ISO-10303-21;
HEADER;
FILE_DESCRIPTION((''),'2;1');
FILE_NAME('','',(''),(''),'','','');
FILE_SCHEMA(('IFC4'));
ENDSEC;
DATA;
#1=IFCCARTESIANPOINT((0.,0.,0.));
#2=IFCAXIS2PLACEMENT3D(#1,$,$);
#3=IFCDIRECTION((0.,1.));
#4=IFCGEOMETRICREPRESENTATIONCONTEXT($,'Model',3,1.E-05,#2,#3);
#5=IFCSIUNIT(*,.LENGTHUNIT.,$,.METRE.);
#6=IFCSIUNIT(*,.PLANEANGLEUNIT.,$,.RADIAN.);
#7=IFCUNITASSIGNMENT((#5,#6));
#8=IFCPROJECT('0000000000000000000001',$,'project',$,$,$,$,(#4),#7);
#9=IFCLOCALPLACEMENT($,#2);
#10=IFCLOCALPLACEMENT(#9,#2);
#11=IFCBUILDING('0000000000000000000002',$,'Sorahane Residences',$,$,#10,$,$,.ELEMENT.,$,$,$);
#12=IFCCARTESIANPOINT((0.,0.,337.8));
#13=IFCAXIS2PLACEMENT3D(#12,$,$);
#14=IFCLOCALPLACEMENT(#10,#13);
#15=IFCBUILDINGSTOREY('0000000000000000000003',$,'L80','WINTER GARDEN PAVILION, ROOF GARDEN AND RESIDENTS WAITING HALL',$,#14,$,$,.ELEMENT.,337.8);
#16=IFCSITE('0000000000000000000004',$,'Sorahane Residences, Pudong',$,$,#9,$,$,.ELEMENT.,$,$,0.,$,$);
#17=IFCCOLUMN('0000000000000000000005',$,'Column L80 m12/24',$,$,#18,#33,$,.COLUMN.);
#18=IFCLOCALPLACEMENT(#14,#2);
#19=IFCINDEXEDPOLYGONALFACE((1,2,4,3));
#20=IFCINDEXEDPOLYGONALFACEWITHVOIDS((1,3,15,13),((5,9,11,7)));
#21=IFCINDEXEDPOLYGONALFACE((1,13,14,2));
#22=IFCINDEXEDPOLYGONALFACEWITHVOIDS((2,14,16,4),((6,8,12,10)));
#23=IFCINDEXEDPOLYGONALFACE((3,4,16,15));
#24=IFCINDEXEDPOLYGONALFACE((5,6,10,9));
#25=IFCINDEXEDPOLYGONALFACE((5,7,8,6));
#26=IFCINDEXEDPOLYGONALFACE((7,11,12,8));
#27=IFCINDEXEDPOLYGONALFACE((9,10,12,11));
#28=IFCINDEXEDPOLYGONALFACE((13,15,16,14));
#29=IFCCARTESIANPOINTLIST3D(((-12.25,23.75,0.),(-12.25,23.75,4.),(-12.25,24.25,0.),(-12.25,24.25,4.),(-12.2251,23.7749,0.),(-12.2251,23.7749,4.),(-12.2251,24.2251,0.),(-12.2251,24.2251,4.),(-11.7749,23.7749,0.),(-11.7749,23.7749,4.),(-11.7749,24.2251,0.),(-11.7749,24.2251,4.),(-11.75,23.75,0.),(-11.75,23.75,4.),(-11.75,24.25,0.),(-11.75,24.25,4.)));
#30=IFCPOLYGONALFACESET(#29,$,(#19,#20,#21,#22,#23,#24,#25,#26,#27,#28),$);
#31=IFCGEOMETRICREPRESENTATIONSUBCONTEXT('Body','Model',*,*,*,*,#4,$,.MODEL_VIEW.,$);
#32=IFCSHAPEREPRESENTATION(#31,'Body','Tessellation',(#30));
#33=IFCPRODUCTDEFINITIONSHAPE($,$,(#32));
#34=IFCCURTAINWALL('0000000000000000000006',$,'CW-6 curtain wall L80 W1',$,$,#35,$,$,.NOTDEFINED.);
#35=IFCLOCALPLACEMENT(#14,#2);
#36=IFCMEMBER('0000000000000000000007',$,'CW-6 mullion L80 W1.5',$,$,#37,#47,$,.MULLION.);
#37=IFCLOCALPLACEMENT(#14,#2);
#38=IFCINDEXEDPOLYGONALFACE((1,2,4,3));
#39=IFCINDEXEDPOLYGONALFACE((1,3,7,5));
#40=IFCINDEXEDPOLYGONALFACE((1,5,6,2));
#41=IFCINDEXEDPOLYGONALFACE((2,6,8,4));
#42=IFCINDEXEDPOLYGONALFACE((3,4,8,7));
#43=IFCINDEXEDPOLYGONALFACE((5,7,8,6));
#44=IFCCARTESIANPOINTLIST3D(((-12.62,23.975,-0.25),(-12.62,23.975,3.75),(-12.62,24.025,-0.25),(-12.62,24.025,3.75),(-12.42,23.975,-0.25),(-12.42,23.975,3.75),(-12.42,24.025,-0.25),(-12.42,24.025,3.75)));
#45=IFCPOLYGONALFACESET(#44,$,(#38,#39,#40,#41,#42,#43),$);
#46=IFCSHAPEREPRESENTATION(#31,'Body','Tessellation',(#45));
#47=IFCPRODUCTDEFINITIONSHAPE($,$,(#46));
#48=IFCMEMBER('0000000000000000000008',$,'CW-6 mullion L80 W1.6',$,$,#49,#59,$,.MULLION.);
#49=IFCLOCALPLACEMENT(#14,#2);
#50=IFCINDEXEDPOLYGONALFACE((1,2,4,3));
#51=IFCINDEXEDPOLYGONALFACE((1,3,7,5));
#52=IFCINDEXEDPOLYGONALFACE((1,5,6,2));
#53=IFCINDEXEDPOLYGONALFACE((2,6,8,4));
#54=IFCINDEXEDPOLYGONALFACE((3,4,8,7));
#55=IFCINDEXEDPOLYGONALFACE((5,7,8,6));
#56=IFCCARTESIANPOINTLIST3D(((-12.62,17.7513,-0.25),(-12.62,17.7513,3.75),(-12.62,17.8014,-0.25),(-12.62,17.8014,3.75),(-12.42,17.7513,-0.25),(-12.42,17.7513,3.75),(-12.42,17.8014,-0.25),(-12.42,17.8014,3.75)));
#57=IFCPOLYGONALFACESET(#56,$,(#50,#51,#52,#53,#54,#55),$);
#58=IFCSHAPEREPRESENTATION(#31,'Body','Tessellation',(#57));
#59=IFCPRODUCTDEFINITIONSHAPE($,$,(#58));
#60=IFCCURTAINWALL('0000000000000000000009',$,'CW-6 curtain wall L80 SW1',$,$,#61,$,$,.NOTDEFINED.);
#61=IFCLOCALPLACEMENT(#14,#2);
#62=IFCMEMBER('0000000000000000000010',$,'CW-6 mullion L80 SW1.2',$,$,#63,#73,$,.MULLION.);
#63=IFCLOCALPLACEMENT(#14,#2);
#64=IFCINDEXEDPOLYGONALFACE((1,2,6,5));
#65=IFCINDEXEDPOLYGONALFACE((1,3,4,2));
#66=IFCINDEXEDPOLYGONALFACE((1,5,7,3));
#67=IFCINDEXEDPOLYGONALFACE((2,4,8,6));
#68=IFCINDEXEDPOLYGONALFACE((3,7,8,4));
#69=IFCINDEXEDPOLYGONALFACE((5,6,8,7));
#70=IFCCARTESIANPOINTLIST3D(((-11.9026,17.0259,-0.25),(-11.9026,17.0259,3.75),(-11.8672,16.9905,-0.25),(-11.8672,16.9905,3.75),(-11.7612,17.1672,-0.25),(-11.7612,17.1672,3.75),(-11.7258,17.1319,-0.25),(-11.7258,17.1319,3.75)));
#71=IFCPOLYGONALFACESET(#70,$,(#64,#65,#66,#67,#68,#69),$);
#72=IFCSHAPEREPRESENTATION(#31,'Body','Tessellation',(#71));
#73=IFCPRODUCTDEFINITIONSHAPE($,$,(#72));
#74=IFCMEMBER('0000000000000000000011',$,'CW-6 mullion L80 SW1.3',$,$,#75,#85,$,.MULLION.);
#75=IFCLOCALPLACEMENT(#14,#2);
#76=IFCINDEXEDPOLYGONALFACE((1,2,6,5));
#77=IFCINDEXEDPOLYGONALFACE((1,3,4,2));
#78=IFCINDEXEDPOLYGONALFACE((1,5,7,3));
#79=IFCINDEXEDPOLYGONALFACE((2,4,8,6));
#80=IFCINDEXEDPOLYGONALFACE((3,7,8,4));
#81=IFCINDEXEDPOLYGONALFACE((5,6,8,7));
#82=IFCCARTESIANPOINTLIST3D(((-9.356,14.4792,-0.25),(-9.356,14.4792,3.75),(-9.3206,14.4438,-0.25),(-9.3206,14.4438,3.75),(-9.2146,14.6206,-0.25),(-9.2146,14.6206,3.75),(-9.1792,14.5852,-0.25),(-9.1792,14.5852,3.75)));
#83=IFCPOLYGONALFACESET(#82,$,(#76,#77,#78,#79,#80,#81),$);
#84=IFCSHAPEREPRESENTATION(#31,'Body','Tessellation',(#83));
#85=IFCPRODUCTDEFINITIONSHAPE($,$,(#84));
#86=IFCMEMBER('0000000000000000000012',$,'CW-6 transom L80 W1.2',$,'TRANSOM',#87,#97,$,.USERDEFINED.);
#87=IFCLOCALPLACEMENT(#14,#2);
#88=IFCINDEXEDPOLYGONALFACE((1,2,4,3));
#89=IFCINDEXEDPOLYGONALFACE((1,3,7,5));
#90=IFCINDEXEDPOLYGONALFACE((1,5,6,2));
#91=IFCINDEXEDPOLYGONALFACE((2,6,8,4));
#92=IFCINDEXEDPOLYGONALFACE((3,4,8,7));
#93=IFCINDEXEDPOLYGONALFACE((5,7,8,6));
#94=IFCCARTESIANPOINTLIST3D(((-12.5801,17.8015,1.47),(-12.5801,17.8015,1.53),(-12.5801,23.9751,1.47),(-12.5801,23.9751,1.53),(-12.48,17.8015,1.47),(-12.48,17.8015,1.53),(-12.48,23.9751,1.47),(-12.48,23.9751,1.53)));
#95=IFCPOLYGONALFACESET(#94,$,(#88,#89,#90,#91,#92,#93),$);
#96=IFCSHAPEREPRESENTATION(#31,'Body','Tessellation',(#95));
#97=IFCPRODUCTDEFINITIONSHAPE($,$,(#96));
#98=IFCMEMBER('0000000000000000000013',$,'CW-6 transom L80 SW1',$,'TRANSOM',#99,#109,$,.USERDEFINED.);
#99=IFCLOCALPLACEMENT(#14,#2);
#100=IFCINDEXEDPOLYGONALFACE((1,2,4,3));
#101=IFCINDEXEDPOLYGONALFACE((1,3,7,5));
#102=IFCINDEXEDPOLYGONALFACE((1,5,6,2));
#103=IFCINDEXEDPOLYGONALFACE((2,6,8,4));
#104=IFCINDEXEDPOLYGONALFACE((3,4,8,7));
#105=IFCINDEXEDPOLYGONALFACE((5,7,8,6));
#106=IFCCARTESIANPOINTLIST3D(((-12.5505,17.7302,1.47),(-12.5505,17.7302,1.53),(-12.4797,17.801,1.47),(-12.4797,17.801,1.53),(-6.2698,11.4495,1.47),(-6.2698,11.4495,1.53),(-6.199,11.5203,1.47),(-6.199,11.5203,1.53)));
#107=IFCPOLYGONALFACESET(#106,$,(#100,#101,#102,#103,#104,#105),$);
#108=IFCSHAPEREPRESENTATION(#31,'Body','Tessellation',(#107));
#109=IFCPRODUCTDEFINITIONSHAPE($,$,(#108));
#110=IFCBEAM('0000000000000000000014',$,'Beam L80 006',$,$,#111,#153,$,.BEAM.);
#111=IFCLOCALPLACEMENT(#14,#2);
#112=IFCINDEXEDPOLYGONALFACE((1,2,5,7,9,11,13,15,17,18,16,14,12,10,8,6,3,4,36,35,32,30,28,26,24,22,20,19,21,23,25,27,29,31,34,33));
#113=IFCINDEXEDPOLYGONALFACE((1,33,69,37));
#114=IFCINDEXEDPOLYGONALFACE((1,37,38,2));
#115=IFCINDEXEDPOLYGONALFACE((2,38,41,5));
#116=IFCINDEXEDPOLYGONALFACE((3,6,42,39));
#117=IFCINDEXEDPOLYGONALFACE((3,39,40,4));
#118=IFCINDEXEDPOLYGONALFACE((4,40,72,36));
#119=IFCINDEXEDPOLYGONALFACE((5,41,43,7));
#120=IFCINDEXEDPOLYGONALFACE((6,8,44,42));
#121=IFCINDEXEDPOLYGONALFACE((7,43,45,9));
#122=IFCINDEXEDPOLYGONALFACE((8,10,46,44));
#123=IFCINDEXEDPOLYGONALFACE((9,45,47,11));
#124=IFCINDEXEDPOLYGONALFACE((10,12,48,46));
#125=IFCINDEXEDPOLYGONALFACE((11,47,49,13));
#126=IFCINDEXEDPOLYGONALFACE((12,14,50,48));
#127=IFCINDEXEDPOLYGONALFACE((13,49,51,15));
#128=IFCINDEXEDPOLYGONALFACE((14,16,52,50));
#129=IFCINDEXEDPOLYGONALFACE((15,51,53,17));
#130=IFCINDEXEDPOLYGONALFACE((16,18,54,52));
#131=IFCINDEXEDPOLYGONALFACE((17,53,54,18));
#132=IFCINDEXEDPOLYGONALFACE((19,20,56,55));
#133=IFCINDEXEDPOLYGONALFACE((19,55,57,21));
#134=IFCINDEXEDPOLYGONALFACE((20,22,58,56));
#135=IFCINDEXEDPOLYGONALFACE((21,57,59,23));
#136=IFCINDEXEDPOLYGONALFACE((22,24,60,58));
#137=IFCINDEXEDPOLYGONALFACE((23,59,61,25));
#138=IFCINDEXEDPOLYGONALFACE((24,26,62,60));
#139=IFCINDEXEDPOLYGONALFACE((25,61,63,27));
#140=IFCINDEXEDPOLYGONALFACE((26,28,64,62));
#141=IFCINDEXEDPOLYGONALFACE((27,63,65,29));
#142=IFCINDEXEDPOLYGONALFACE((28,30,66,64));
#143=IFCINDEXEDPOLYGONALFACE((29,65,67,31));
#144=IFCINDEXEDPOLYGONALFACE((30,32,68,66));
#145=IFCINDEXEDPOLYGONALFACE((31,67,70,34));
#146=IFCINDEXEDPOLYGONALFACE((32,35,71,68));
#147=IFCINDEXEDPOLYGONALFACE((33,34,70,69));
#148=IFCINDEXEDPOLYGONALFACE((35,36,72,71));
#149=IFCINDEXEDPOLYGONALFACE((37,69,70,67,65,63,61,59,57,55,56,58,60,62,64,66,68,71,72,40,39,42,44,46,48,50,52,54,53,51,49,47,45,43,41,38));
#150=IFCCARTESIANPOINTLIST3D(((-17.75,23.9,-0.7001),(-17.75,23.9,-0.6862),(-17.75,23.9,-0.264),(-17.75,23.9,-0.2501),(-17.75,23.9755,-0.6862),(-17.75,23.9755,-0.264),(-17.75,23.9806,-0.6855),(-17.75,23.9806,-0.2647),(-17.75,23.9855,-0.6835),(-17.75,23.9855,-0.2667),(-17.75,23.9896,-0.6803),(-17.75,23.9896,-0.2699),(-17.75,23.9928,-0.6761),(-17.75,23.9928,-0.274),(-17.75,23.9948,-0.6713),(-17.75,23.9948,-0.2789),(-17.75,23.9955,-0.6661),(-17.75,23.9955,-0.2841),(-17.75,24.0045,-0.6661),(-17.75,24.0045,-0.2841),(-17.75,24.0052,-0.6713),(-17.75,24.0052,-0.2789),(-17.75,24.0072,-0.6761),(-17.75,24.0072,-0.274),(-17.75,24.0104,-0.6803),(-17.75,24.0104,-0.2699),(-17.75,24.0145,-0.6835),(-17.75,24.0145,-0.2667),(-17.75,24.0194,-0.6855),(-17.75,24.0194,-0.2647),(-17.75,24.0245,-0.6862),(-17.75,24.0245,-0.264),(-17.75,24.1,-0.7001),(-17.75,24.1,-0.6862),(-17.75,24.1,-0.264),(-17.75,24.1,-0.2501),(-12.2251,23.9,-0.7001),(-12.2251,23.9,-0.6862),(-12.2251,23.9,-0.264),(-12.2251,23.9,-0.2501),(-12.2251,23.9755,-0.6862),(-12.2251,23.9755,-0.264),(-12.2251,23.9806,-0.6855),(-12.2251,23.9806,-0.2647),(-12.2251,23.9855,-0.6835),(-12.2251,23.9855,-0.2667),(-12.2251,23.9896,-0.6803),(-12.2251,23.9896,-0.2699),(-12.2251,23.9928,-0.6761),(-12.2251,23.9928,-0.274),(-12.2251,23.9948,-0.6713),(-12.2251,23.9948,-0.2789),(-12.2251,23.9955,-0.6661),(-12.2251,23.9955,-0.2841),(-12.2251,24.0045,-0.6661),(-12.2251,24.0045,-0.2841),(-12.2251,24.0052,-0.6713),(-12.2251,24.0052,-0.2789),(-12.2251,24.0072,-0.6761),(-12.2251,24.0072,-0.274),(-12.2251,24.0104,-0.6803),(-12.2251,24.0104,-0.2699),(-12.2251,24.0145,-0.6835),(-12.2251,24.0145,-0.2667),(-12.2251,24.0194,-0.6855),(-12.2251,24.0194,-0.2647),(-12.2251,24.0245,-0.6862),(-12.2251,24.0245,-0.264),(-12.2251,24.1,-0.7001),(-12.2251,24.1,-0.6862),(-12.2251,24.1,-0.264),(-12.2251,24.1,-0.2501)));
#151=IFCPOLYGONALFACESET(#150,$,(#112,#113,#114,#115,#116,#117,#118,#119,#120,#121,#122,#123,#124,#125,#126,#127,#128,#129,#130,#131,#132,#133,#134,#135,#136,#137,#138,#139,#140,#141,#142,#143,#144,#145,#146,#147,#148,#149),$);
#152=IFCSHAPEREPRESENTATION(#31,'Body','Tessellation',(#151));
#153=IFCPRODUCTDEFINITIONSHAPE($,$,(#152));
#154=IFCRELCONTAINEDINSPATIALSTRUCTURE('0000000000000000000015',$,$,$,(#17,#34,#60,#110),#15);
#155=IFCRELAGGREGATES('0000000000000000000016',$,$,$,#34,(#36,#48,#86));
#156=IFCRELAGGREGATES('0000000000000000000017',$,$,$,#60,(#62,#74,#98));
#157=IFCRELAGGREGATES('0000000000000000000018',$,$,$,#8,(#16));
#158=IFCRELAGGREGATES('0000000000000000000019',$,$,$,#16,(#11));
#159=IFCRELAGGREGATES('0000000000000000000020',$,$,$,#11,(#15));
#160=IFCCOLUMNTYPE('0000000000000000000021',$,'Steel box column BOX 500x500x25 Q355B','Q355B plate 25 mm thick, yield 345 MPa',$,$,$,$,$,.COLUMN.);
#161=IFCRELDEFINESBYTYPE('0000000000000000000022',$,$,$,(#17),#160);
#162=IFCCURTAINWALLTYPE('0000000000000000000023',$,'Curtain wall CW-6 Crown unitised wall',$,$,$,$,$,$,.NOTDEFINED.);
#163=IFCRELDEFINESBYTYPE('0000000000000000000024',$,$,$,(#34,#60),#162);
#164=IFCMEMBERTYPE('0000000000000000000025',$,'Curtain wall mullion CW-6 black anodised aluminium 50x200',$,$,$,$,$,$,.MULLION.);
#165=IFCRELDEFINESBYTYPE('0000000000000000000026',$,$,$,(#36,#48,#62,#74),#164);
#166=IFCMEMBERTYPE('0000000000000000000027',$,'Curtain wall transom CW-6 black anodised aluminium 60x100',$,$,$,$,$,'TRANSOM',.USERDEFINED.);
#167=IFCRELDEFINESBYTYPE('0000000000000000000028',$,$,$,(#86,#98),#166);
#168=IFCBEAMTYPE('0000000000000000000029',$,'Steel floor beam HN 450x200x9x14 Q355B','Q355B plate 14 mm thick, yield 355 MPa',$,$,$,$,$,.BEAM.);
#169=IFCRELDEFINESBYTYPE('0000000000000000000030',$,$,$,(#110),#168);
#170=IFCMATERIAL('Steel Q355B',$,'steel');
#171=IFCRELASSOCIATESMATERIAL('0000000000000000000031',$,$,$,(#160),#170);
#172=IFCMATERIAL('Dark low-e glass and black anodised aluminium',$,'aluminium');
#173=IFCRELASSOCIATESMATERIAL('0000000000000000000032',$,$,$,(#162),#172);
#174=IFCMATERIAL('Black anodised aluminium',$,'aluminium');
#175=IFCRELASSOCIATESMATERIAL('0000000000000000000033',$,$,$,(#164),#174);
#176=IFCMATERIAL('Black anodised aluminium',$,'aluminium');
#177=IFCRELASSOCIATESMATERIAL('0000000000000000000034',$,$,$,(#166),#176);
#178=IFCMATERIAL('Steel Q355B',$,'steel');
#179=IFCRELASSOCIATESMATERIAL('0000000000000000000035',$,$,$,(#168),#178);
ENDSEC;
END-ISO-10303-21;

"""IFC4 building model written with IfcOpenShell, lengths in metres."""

from ifc_helpers import new_model, si_unit, direction, frame, origin, origin_2d, place, context, subcontext, project, spatial, rectangle, hollow_rectangle, i_section, extrude, material, material_profile, profile_set, type_object, element, aggregate, save


model = new_model("IFC4")

# Units and contexts
model_context = context("Model", 3, precision=1e-05, world=origin(), true_north=direction((0.0, 1.0)))
body_context = subcontext(model_context, "Body", "Model", "MODEL_VIEW")
ifc_project = project(units=[si_unit("LENGTHUNIT", "METRE"), si_unit("PLANEANGLEUNIT", "RADIAN")], contexts=[model_context])

# Site, building, storey
site_placement = place(None, origin())
site = spatial("IfcSite", under=ifc_project, at=site_placement, Name="Sorahane Residences, Pudong", CompositionType="ELEMENT", RefElevation=0.0)
building_placement = place(site_placement, origin())
building = spatial("IfcBuilding", under=site, at=building_placement, Name="Sorahane Residences", CompositionType="ELEMENT")
storey_placement = place(building_placement, frame((0.0, 0.0, 337.8)))
storey = spatial("IfcBuildingStorey", under=building, at=storey_placement, Name="L80", Description="WINTER GARDEN PAVILION, ROOF GARDEN AND RESIDENTS WAITING HALL", CompositionType="ELEMENT", Elevation=337.8)

# Column
ifc_material_1 = material(Name="Steel Q355B", Category="steel")
ifc_material_profile_1 = material_profile(ifc_material_1, hollow_rectangle(XDim=0.5, YDim=0.5, WallThickness=0.0249, at=origin_2d()), Name="BOX 500x500x25")
ifc_profile_set_1 = profile_set([ifc_material_profile_1], Name="Steel Q355B")
column_type = type_object("IfcColumnType", Name="Steel box column BOX 500x500x25 Q355B", Description="Q355B plate 25 mm thick, yield 345 MPa", PredefinedType="COLUMN", material=ifc_profile_set_1)
column_placement = place(storey_placement, frame((-12.0, 24.0, 0.0), z_axis=(0.0, 0.0, 1.0), x_axis=(1.0, 0.0, 0.0)))
element("IfcColumn", 1, at=column_placement, inside=storey, type_object=column_type, Name="Column L80 m12/24", PredefinedType="COLUMN", context=body_context, shape_type="SweptSolid", body=[
    extrude(hollow_rectangle(XDim=0.5, YDim=0.5, WallThickness=0.0249, at=origin_2d()), origin(), (0.0, 0.0, 1.0), 4.0),
])

# Curtain walls, members
ifc_material_2 = material(Name="Dark low-e glass and black anodised aluminium", Category="aluminium")
curtain_wall_type = type_object("IfcCurtainWallType", Name="Curtain wall CW-6 Crown unitised wall", PredefinedType="NOTDEFINED", material=ifc_material_2)
curtain_wall_1_placement = place(storey_placement, origin())
curtain_wall_1 = element("IfcCurtainWall", 2, at=curtain_wall_1_placement, inside=storey, type_object=curtain_wall_type, Name="CW-6 curtain wall L80 W1", PredefinedType="NOTDEFINED")
ifc_material_3 = material(Name="Black anodised aluminium", Category="aluminium")
ifc_material_profile_2 = material_profile(ifc_material_3, rectangle(XDim=0.2, YDim=0.05, at=origin_2d()), Name="Curtain wall mullion CW-6 black anodised aluminium 50x200")
ifc_profile_set_2 = profile_set([ifc_material_profile_2], Name="Black anodised aluminium")
member_type_1 = type_object("IfcMemberType", Name="Curtain wall mullion CW-6 black anodised aluminium 50x200", PredefinedType="MULLION", material=ifc_profile_set_2)
member_1_placement = place(storey_placement, frame((-12.52, 24.0, -0.25), z_axis=(0.0, 0.0, 1.0), x_axis=(-1.0, 0.0, 0.0)))
member_1 = element("IfcMember", 3, at=member_1_placement, type_object=member_type_1, Name="CW-6 mullion L80 W1.5", PredefinedType="MULLION", context=body_context, shape_type="SweptSolid", body=[
    extrude(rectangle(XDim=0.2, YDim=0.05, at=origin_2d()), origin(), (0.0, 0.0, 1.0), 4.0),
])
member_2_placement = place(storey_placement, frame((-12.52, 17.7764, -0.25), z_axis=(0.0, 0.0, 1.0), x_axis=(-1.0, 0.0, 0.0)))
member_2 = element("IfcMember", 4, at=member_2_placement, type_object=member_type_1, Name="CW-6 mullion L80 W1.6", PredefinedType="MULLION", context=body_context, shape_type="SweptSolid", body=[
    extrude(rectangle(XDim=0.2, YDim=0.05, at=origin_2d()), origin(), (0.0, 0.0, 1.0), 4.0),
])
curtain_wall_2_placement = place(storey_placement, origin())
curtain_wall_2 = element("IfcCurtainWall", 5, at=curtain_wall_2_placement, inside=storey, type_object=curtain_wall_type, Name="CW-6 curtain wall L80 SW1", PredefinedType="NOTDEFINED")
member_3_placement = place(storey_placement, frame((-11.8142, 17.0789, -0.25), z_axis=(0.0, 0.0, 1.0), x_axis=(-0.707107, -0.707107, 0.0)))
member_3 = element("IfcMember", 6, at=member_3_placement, type_object=member_type_1, Name="CW-6 mullion L80 SW1.2", PredefinedType="MULLION", context=body_context, shape_type="SweptSolid", body=[
    extrude(rectangle(XDim=0.2, YDim=0.05, at=origin_2d()), origin(), (0.0, 0.0, 1.0), 4.0),
])
member_4_placement = place(storey_placement, frame((-9.2676, 14.5322, -0.25), z_axis=(0.0, 0.0, 1.0), x_axis=(-0.707107, -0.707107, 0.0)))
member_4 = element("IfcMember", 7, at=member_4_placement, type_object=member_type_1, Name="CW-6 mullion L80 SW1.3", PredefinedType="MULLION", context=body_context, shape_type="SweptSolid", body=[
    extrude(rectangle(XDim=0.2, YDim=0.05, at=origin_2d()), origin(), (0.0, 0.0, 1.0), 4.0),
])

# Members
ifc_material_4 = material(Name="Black anodised aluminium", Category="aluminium")
ifc_material_profile_3 = material_profile(ifc_material_4, rectangle(XDim=0.1001, YDim=0.0601, at=origin_2d()), Name="Curtain wall transom CW-6 black anodised aluminium 60x100")
ifc_profile_set_3 = profile_set([ifc_material_profile_3], Name="Black anodised aluminium")
member_type_2 = type_object("IfcMemberType", Name="Curtain wall transom CW-6 black anodised aluminium 60x100", ElementType="TRANSOM", PredefinedType="USERDEFINED", material=ifc_profile_set_3)
member_5_placement = place(storey_placement, frame((-12.53, 23.9751, 1.5), z_axis=(0.0, -1.0, 0.0), x_axis=(1.0, 0.0, 0.0)))
member_5 = element("IfcMember", 8, at=member_5_placement, type_object=member_type_2, Name="CW-6 transom L80 W1.2", ObjectType="TRANSOM", PredefinedType="USERDEFINED", context=body_context, shape_type="SweptSolid", body=[
    extrude(rectangle(XDim=0.1001, YDim=0.0601, at=origin_2d()), origin(), (0.0, 0.0, 1.0), 6.1736),
])
member_6_placement = place(storey_placement, frame((-12.5151, 17.7656, 1.5), z_axis=(0.707107, -0.707107, 0.0), x_axis=(0.707107, 0.707107, 0.0)))
member_6 = element("IfcMember", 9, at=member_6_placement, type_object=member_type_2, Name="CW-6 transom L80 SW1", ObjectType="TRANSOM", PredefinedType="USERDEFINED", context=body_context, shape_type="SweptSolid", body=[
    extrude(rectangle(XDim=0.1001, YDim=0.0601, at=origin_2d()), origin(), (0.0, 0.0, 1.0), 8.8823),
])

# Beam
ifc_material_5 = material(Name="Steel Q355B", Category="steel")
ifc_material_profile_4 = material_profile(ifc_material_5, i_section(OverallWidth=0.2, OverallDepth=0.45, WebThickness=0.009, FlangeThickness=0.0139, FilletRadius=0.02, at=origin_2d()), Name="HN 450x200x9x14")
ifc_profile_set_4 = profile_set([ifc_material_profile_4], Name="Steel Q355B")
beam_type_1 = type_object("IfcBeamType", Name="Steel floor beam HN 450x200x9x14 Q355B", Description="Q355B plate 14 mm thick, yield 355 MPa", PredefinedType="BEAM", material=ifc_profile_set_4)
beam_1_placement = place(storey_placement, frame((-17.75, 24.0, -0.4751), z_axis=(1.0, 0.0, 0.0), x_axis=(0.0, 1.0, 0.0)))
element("IfcBeam", 10, at=beam_1_placement, inside=storey, type_object=beam_type_1, Name="Beam L80 006", PredefinedType="BEAM", context=body_context, shape_type="SweptSolid", body=[
    extrude(i_section(OverallWidth=0.2, OverallDepth=0.45, WebThickness=0.009, FlangeThickness=0.0139, FilletRadius=0.02, at=origin_2d()), origin(), (0.0, 0.0, 1.0), 5.5249),
])

aggregate(curtain_wall_1, [member_1, member_2, member_5])
aggregate(curtain_wall_2, [member_3, member_4, member_6])

save(model, "model.ifc")
